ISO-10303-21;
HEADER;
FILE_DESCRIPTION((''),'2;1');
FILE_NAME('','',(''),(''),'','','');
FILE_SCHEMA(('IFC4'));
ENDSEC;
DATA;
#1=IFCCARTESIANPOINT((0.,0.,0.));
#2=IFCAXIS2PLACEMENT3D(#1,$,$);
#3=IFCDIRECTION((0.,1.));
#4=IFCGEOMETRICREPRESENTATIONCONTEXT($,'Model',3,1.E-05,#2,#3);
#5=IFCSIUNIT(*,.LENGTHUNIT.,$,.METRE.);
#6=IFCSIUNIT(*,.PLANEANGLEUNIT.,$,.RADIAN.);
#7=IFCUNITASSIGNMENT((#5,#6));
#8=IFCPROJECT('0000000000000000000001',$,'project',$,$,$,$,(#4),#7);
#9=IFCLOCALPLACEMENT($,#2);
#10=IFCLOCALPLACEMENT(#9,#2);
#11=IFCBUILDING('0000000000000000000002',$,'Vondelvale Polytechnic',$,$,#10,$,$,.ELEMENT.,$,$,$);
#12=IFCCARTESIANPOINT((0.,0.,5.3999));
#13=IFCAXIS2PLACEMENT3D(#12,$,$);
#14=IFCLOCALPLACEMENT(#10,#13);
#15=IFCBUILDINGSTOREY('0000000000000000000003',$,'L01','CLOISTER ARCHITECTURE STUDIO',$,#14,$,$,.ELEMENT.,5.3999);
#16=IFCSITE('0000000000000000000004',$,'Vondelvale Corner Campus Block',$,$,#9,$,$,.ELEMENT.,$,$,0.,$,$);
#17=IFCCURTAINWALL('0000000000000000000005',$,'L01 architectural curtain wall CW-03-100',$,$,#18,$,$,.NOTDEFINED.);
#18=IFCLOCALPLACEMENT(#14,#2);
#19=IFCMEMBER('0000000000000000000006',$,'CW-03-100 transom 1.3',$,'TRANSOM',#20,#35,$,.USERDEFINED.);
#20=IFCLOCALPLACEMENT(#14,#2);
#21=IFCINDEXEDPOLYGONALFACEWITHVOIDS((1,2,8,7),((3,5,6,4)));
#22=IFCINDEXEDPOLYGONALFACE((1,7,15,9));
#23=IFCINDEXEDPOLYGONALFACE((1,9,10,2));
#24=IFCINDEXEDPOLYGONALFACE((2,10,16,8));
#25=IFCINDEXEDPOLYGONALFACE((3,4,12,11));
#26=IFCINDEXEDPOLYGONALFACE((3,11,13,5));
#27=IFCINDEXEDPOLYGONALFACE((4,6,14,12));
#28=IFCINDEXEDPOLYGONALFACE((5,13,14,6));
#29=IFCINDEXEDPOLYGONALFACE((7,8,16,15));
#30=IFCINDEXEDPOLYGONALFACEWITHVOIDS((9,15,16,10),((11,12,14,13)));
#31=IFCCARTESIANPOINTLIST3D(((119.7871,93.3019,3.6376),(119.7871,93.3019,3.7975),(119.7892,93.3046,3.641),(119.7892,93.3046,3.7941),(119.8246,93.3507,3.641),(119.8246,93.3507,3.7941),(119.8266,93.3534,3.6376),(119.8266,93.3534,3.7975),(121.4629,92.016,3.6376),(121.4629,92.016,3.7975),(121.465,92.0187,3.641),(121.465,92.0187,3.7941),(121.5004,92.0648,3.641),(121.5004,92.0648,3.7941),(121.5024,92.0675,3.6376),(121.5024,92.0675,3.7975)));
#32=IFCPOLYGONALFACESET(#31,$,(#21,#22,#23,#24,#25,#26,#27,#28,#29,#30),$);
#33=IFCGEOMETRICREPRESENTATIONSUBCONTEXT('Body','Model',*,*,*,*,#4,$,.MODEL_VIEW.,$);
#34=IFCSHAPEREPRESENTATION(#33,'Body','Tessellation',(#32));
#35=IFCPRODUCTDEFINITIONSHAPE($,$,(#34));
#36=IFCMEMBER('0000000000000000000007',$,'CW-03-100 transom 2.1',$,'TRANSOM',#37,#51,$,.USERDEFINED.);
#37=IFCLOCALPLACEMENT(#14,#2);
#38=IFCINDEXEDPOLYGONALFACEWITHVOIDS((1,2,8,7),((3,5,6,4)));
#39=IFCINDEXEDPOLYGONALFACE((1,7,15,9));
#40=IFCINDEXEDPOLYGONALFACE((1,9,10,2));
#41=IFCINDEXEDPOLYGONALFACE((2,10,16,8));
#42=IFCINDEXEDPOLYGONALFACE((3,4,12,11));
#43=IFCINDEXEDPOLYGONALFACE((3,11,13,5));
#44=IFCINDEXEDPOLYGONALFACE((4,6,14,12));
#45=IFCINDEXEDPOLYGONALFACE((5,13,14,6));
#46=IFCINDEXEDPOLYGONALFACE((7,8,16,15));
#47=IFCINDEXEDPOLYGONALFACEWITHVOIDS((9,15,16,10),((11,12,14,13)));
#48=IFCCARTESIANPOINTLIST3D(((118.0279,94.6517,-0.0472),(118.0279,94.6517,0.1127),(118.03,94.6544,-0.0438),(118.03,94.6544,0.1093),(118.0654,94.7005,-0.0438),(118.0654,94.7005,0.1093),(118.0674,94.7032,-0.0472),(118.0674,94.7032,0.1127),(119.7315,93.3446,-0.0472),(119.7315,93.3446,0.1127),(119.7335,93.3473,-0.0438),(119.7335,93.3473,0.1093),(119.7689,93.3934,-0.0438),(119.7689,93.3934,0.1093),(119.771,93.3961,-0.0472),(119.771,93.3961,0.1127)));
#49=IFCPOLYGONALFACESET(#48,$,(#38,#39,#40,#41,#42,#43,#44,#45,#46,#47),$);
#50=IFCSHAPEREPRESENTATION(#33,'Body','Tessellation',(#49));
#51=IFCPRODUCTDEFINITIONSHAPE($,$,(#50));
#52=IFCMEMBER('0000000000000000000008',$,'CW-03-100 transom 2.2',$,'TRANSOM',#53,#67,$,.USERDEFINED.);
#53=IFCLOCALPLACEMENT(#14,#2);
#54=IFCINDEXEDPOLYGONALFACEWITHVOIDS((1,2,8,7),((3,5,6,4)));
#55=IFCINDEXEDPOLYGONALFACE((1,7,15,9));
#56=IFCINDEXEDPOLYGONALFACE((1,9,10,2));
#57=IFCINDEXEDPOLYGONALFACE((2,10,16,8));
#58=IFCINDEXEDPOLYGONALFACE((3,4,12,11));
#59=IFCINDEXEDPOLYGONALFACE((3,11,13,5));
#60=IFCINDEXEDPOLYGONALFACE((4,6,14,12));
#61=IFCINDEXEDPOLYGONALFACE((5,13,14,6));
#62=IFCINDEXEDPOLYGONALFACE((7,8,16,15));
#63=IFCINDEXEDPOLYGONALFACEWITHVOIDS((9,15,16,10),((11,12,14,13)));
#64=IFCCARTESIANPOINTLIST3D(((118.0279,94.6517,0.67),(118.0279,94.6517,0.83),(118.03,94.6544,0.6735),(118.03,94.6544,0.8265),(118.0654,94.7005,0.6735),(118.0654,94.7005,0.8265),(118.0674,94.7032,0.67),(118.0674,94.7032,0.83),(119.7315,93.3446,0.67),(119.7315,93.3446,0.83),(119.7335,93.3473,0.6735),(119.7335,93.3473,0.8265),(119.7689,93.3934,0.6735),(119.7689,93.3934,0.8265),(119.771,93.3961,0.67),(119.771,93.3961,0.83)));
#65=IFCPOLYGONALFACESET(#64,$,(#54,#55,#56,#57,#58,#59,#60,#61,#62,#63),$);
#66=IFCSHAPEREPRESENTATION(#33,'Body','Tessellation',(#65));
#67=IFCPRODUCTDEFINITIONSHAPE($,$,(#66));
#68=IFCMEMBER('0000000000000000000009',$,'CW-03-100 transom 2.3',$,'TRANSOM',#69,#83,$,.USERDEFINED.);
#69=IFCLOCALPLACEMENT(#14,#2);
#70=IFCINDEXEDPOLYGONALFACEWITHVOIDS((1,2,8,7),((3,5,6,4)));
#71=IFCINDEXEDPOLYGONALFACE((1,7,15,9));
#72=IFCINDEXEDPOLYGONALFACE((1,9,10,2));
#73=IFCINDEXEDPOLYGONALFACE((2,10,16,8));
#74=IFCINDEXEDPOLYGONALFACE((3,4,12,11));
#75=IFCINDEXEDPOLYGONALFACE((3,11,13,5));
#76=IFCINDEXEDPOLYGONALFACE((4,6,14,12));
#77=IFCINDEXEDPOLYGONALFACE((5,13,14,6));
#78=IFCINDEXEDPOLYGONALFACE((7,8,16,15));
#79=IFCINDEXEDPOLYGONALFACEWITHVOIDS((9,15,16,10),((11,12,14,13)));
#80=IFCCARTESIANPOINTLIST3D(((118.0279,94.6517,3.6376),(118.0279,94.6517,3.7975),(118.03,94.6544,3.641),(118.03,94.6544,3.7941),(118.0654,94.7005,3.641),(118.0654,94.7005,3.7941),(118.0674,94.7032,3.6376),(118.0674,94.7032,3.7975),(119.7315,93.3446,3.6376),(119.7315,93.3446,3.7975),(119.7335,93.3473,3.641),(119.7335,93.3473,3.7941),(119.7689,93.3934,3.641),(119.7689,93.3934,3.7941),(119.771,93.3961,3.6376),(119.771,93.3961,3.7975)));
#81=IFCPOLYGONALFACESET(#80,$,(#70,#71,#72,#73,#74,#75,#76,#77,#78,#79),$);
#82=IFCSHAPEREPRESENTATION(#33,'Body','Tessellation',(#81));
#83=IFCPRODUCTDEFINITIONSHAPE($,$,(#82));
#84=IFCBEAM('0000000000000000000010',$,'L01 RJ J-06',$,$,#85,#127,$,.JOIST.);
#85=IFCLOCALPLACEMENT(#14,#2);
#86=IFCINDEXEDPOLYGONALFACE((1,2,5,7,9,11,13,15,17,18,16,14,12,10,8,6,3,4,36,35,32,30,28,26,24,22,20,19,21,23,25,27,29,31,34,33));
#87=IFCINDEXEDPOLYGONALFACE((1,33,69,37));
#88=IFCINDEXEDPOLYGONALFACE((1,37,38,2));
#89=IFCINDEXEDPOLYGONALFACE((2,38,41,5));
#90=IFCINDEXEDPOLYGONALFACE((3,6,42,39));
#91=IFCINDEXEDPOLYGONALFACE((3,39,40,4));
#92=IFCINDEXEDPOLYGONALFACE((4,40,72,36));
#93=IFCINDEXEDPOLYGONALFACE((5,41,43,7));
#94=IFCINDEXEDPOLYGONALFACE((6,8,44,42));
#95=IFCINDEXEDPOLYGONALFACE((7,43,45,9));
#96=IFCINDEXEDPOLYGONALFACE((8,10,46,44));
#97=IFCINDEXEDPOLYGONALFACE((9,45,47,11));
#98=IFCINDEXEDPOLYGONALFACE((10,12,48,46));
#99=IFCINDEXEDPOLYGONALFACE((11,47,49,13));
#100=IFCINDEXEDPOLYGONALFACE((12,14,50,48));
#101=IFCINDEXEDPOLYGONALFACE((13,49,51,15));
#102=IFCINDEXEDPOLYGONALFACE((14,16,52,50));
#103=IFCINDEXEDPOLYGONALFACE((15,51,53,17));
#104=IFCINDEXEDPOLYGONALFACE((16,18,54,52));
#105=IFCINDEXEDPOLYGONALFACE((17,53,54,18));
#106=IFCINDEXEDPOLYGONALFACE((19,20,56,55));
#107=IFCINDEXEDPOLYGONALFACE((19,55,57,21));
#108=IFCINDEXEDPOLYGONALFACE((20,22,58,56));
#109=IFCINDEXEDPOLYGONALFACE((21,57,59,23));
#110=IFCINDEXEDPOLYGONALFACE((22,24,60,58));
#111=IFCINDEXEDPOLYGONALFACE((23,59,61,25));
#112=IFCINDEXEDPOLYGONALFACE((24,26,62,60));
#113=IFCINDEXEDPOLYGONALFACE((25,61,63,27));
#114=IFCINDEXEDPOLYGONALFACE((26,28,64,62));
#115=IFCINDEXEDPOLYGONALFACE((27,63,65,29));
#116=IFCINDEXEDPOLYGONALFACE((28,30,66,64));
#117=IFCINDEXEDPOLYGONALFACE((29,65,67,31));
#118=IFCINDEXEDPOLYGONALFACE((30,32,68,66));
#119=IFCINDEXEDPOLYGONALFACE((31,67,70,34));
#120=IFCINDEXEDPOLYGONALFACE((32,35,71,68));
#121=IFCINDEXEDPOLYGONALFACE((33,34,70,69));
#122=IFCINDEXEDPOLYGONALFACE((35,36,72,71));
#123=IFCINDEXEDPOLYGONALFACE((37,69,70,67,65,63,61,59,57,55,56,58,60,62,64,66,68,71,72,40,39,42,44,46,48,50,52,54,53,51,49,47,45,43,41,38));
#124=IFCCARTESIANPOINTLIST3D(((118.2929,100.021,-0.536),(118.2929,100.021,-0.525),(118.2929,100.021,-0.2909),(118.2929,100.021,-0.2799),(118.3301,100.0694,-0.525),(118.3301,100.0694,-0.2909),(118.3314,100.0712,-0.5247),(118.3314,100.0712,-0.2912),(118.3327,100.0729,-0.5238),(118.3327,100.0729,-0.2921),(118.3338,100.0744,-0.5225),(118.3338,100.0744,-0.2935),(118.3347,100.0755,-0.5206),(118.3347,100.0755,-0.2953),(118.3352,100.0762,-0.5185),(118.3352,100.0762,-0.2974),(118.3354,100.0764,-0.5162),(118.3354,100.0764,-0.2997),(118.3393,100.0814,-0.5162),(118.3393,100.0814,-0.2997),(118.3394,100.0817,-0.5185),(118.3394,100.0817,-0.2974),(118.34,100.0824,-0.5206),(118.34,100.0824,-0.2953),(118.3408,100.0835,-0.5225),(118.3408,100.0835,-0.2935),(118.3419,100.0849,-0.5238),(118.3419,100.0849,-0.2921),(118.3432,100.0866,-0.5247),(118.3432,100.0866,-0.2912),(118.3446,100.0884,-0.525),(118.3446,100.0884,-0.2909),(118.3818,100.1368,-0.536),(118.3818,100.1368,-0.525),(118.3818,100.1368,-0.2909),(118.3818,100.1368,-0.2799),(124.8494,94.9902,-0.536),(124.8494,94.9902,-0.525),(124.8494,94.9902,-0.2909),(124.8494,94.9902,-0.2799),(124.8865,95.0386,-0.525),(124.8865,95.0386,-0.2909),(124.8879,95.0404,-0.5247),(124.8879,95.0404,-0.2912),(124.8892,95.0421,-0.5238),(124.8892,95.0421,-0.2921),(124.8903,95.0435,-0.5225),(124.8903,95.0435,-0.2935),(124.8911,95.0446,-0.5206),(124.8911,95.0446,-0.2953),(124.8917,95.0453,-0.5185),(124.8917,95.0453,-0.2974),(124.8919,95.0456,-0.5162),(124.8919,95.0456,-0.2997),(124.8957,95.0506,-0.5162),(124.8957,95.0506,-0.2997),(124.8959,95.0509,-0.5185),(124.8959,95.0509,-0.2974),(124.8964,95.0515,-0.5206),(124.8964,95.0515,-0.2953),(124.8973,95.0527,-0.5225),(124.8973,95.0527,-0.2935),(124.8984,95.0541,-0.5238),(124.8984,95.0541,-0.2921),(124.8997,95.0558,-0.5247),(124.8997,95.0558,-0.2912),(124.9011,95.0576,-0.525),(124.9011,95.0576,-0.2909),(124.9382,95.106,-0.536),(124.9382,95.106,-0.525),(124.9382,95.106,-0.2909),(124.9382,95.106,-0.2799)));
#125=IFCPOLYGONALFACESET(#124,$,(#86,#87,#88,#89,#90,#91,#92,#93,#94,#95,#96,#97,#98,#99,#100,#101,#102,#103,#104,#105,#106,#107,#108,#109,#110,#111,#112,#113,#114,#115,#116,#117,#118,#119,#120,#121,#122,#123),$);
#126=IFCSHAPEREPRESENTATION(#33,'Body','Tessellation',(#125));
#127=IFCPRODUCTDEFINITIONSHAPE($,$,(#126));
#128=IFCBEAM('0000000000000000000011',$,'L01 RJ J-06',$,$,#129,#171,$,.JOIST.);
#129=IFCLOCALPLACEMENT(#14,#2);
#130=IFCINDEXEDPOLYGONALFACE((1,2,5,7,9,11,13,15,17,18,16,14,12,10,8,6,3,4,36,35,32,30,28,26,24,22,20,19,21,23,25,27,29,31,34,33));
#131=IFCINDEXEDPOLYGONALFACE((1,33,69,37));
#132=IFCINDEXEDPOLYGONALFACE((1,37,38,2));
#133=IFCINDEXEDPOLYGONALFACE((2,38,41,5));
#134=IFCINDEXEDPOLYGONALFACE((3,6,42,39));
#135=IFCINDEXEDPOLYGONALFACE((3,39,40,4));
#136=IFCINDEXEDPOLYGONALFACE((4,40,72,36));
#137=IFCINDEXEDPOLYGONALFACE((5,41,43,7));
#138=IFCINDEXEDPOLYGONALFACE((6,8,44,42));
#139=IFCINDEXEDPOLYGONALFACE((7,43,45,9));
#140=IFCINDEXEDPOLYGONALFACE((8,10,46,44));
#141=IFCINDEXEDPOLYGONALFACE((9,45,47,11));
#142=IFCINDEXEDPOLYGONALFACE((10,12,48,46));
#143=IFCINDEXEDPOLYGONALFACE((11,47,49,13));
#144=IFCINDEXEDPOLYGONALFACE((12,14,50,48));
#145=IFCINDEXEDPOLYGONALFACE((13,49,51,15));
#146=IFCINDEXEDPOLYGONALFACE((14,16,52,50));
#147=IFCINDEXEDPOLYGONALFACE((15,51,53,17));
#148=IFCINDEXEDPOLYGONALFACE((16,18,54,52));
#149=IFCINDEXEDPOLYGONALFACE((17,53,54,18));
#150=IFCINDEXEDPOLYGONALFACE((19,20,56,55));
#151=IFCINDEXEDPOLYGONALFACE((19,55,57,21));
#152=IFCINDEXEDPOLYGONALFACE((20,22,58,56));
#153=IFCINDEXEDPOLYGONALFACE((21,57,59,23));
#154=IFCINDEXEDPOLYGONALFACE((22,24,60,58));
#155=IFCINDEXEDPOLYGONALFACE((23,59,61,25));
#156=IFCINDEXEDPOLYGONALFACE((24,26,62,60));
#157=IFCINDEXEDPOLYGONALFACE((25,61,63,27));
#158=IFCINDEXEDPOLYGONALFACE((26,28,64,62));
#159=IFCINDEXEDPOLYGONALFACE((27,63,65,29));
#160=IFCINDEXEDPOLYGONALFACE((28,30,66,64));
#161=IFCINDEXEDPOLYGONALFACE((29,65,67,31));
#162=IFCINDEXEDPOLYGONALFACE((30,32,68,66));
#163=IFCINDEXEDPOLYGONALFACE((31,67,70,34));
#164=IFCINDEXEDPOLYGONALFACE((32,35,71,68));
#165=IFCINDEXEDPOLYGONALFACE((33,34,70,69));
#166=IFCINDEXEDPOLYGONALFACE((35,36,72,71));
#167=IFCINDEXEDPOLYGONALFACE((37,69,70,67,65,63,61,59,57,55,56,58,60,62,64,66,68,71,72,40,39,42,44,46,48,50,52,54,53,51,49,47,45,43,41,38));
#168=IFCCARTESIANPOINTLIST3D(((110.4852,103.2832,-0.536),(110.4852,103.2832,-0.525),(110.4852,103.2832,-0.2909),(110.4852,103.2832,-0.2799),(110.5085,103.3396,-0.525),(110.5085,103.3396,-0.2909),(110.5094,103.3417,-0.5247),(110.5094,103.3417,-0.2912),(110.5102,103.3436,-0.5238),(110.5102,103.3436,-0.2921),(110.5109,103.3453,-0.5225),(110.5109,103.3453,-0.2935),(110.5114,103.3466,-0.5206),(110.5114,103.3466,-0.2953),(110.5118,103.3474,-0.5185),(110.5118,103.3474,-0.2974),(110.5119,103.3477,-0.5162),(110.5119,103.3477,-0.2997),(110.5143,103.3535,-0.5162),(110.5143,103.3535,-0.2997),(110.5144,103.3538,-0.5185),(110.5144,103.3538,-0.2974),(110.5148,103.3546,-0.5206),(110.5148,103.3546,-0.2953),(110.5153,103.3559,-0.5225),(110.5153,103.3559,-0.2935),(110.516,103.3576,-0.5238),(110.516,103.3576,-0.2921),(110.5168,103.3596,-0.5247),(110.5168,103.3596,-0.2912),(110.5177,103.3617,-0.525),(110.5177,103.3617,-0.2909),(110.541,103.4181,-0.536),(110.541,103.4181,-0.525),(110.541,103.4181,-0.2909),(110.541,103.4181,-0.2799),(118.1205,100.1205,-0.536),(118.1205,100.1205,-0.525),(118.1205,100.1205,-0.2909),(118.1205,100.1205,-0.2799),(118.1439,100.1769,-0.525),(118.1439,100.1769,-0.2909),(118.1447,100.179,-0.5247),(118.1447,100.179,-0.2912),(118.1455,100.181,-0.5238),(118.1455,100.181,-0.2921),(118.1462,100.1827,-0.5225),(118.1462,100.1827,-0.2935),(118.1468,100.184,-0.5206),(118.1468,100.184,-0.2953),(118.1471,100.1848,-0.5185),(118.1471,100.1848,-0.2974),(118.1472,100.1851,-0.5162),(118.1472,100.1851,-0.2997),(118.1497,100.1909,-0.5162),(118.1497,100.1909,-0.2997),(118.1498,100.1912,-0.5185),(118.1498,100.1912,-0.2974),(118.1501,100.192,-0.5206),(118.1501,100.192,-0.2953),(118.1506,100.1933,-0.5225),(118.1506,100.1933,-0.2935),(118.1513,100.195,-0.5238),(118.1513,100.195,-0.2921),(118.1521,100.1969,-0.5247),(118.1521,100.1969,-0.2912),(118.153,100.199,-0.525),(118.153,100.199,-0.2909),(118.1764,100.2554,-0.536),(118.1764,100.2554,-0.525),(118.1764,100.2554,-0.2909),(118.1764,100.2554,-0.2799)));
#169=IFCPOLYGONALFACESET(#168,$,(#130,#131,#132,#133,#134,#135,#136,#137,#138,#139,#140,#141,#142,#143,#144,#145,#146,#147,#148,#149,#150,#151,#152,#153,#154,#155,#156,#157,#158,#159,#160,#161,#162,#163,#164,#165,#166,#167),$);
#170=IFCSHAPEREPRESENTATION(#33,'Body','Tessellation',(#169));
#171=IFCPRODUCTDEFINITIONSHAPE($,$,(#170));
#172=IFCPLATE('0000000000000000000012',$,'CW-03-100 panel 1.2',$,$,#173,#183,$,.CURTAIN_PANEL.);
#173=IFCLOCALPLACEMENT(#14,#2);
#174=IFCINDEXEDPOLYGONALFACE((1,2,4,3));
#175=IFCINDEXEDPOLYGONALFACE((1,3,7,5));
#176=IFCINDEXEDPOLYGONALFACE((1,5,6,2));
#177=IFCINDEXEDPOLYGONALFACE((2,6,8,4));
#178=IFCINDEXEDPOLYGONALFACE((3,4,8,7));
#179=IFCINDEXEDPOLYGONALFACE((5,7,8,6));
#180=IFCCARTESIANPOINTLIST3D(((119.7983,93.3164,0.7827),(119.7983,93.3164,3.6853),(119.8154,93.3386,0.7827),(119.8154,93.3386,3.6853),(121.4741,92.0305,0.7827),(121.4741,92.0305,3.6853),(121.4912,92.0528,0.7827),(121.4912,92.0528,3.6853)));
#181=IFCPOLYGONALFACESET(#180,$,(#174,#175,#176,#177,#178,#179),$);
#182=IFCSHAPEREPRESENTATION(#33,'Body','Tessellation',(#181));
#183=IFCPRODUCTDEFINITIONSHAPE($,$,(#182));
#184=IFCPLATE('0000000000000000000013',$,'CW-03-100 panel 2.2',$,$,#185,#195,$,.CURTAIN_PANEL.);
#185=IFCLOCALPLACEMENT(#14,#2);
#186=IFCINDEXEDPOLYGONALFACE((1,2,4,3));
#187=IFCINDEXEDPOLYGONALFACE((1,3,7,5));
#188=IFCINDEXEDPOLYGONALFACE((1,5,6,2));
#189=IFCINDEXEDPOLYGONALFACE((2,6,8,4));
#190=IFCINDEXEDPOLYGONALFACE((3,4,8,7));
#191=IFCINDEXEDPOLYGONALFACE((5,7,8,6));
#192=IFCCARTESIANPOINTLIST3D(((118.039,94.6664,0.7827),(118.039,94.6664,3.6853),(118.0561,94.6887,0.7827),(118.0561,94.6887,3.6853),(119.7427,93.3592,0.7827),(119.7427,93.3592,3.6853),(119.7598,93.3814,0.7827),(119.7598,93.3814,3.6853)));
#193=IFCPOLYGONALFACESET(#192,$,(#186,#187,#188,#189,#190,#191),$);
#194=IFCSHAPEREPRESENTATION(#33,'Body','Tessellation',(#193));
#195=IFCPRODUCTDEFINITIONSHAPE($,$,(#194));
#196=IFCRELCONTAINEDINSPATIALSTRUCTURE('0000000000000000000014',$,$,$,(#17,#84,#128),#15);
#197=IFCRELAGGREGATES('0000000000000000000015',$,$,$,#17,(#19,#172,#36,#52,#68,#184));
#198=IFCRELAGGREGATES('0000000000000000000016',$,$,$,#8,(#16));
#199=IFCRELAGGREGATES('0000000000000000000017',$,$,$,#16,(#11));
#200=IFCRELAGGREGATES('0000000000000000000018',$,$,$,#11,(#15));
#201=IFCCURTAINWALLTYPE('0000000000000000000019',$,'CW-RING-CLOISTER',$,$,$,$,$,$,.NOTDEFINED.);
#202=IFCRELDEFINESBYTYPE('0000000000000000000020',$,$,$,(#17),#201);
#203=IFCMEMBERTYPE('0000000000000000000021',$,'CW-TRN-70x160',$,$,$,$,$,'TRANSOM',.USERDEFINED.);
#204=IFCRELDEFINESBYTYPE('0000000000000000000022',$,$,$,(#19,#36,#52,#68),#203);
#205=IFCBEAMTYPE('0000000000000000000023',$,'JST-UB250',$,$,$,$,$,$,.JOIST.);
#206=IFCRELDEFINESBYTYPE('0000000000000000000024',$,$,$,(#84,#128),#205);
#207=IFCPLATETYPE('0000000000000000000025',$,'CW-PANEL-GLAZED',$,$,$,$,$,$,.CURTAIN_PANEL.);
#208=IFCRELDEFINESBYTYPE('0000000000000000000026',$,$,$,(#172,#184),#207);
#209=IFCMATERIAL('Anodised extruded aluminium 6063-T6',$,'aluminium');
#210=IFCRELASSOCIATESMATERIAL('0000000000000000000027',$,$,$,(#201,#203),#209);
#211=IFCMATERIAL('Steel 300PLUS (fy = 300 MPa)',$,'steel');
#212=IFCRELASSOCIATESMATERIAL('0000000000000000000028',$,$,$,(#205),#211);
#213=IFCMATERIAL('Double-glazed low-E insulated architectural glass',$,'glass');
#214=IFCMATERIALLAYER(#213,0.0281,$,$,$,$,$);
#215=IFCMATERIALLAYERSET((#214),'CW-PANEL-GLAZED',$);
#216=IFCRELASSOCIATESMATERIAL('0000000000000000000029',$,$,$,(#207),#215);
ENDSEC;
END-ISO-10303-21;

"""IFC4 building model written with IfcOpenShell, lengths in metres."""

from ifc_helpers import new_model, si_unit, direction, frame, origin, origin_2d, place, context, subcontext, project, spatial, rectangle, hollow_rectangle, i_section, extrude, material, layer, layer_set, material_profile, profile_set, type_object, element, aggregate, save


model = new_model("IFC4")

# Units and contexts
model_context = context("Model", 3, precision=1e-05, world=origin(), true_north=direction((0.0, 1.0)))
body_context = subcontext(model_context, "Body", "Model", "MODEL_VIEW")
ifc_project = project(units=[si_unit("LENGTHUNIT", "METRE"), si_unit("PLANEANGLEUNIT", "RADIAN")], contexts=[model_context])

# Site, building, storey
site_placement = place(None, origin())
site = spatial("IfcSite", under=ifc_project, at=site_placement, Name="Vondelvale Corner Campus Block", CompositionType="ELEMENT", RefElevation=0.0)
building_placement = place(site_placement, origin())
building = spatial("IfcBuilding", under=site, at=building_placement, Name="Vondelvale Polytechnic", CompositionType="ELEMENT")
storey_placement = place(building_placement, frame((0.0, 0.0, 5.3999)))
storey = spatial("IfcBuildingStorey", under=building, at=storey_placement, Name="L01", Description="CLOISTER ARCHITECTURE STUDIO", CompositionType="ELEMENT", Elevation=5.3999)

# Shared definitions
ifc_material_1 = material(Name="Steel 300PLUS (fy = 300 MPa)", Category="steel")

# Curtain wall, members
ifc_material_2 = material(Name="Anodised extruded aluminium 6063-T6", Category="aluminium")
curtain_wall_type = type_object("IfcCurtainWallType", Name="CW-RING-CLOISTER", PredefinedType="NOTDEFINED", material=ifc_material_2)
curtain_wall_placement = place(storey_placement, origin())
curtain_wall = element("IfcCurtainWall", 1, at=curtain_wall_placement, inside=storey, type_object=curtain_wall_type, Name="L01 architectural curtain wall CW-03-100", PredefinedType="NOTDEFINED")
ifc_material_profile_1 = material_profile(ifc_material_2, hollow_rectangle(XDim=0.0649, YDim=0.1599, WallThickness=0.0034, at=origin_2d()), Name="CW-TRN-160x65")
ifc_profile_set_1 = profile_set([ifc_material_profile_1], Name="Anodised extruded aluminium 6063-T6")
member_type_1 = type_object("IfcMemberType", Name="CW-TRN-70x160", ElementType="TRANSOM", PredefinedType="USERDEFINED", material=ifc_profile_set_1)
member_1_placement = place(storey_placement, frame((121.4827, 92.0417, 3.7175), z_axis=(-0.79335, 0.608766, 0.0), x_axis=(-0.608766, -0.79335, 0.0)))
member_1 = element("IfcMember", 2, at=member_1_placement, type_object=member_type_1, Name="CW-03-100 transom 1.3", ObjectType="TRANSOM", PredefinedType="USERDEFINED", context=body_context, shape_type="SweptSolid", body=[
    extrude(hollow_rectangle(XDim=0.0649, YDim=0.1599, WallThickness=0.0034, at=origin_2d()), origin(), (0.0, 0.0, 1.0), 2.1123),
])
member_2_placement = place(storey_placement, frame((119.7512, 93.3704, 0.0327), z_axis=(-0.793376, 0.608732, 0.0), x_axis=(-0.608732, -0.793376, 0.0)))
member_2 = element("IfcMember", 3, at=member_2_placement, type_object=member_type_1, Name="CW-03-100 transom 2.1", ObjectType="TRANSOM", PredefinedType="USERDEFINED", context=body_context, shape_type="SweptSolid", body=[
    extrude(hollow_rectangle(XDim=0.0649, YDim=0.1599, WallThickness=0.0034, at=origin_2d()), origin(), (0.0, 0.0, 1.0), 2.1472),
])
member_3_placement = place(storey_placement, frame((119.7512, 93.3704, 0.75), z_axis=(-0.793376, 0.608732, 0.0), x_axis=(-0.608732, -0.793376, 0.0)))
member_3 = element("IfcMember", 4, at=member_3_placement, type_object=member_type_1, Name="CW-03-100 transom 2.2", ObjectType="TRANSOM", PredefinedType="USERDEFINED", context=body_context, shape_type="SweptSolid", body=[
    extrude(hollow_rectangle(XDim=0.0649, YDim=0.1599, WallThickness=0.0034, at=origin_2d()), origin(), (0.0, 0.0, 1.0), 2.1472),
])
member_4_placement = place(storey_placement, frame((119.7512, 93.3704, 3.7175), z_axis=(-0.793376, 0.608732, 0.0), x_axis=(-0.608732, -0.793376, 0.0)))
member_4 = element("IfcMember", 5, at=member_4_placement, type_object=member_type_1, Name="CW-03-100 transom 2.3", ObjectType="TRANSOM", PredefinedType="USERDEFINED", context=body_context, shape_type="SweptSolid", body=[
    extrude(hollow_rectangle(XDim=0.0649, YDim=0.1599, WallThickness=0.0034, at=origin_2d()), origin(), (0.0, 0.0, 1.0), 2.1472),
])

# Beams
ifc_material_profile_2 = material_profile(ifc_material_1, i_section(OverallWidth=0.146, OverallDepth=0.2561, WebThickness=0.0063, FlangeThickness=0.011, FilletRadius=0.0088, at=origin_2d()), Name="250UB37.3")
ifc_profile_set_2 = profile_set([ifc_material_profile_2], Name="Steel 300PLUS (fy = 300 MPa)")
beam_type_1 = type_object("IfcBeamType", Name="JST-UB250", PredefinedType="JOIST", material=ifc_profile_set_2)
beam_1_placement = place(storey_placement, frame((124.8938, 95.0481, -0.408), z_axis=(-0.793361, 0.608751, 0.0), x_axis=(-0.608751, -0.793361, 0.0)))
element("IfcBeam", 6, at=beam_1_placement, inside=storey, type_object=beam_type_1, Name="L01 RJ J-06", PredefinedType="JOIST", context=body_context, shape_type="SweptSolid", body=[
    extrude(i_section(OverallWidth=0.146, OverallDepth=0.2561, WebThickness=0.0063, FlangeThickness=0.011, FilletRadius=0.0088, at=origin_2d()), origin(), (0.0, 0.0, 1.0), 8.2642),
])
beam_2_placement = place(storey_placement, frame((118.1484, 100.188, -0.408), z_axis=(-0.923881, 0.382681, 0.0), x_axis=(-0.382681, -0.923881, 0.0)))
element("IfcBeam", 7, at=beam_2_placement, inside=storey, type_object=beam_type_1, Name="L01 RJ J-06", PredefinedType="JOIST", context=body_context, shape_type="SweptSolid", body=[
    extrude(i_section(OverallWidth=0.146, OverallDepth=0.2561, WebThickness=0.0063, FlangeThickness=0.011, FilletRadius=0.0088, at=origin_2d()), origin(), (0.0, 0.0, 1.0), 8.2644),
])

# Plates
ifc_material_3 = material(Name="Double-glazed low-E insulated architectural glass", Category="glass")
ifc_layer_1 = layer(ifc_material_3, 0.0281)
ifc_layer_set_1 = layer_set([ifc_layer_1], Name="CW-PANEL-GLAZED")
plate_type_1 = type_object("IfcPlateType", Name="CW-PANEL-GLAZED", PredefinedType="CURTAIN_PANEL", material=ifc_layer_set_1)
plate_1_placement = place(storey_placement, frame((120.6448, 92.6846, 0.7827), z_axis=(0.0, 0.0, 1.0), x_axis=(-0.793364, 0.608748, 0.0)))
plate_1 = element("IfcPlate", 8, at=plate_1_placement, type_object=plate_type_1, Name="CW-03-100 panel 1.2", PredefinedType="CURTAIN_PANEL", context=body_context, shape_type="SweptSolid", body=[
    extrude(rectangle(XDim=2.1123, YDim=0.0281, at=origin_2d()), origin(), (0.0, 0.0, 1.0), 2.9026),
])
plate_2_placement = place(storey_placement, frame((118.8994, 94.0239, 0.7827), z_axis=(0.0, 0.0, 1.0), x_axis=(-0.793364, 0.608748, 0.0)))
plate_2 = element("IfcPlate", 9, at=plate_2_placement, type_object=plate_type_1, Name="CW-03-100 panel 2.2", PredefinedType="CURTAIN_PANEL", context=body_context, shape_type="SweptSolid", body=[
    extrude(rectangle(XDim=2.1475, YDim=0.0281, at=origin_2d()), origin(), (0.0, 0.0, 1.0), 2.9026),
])
aggregate(curtain_wall, [member_1, plate_1, member_2, member_3, member_4, plate_2])

save(model, "model.ifc")
